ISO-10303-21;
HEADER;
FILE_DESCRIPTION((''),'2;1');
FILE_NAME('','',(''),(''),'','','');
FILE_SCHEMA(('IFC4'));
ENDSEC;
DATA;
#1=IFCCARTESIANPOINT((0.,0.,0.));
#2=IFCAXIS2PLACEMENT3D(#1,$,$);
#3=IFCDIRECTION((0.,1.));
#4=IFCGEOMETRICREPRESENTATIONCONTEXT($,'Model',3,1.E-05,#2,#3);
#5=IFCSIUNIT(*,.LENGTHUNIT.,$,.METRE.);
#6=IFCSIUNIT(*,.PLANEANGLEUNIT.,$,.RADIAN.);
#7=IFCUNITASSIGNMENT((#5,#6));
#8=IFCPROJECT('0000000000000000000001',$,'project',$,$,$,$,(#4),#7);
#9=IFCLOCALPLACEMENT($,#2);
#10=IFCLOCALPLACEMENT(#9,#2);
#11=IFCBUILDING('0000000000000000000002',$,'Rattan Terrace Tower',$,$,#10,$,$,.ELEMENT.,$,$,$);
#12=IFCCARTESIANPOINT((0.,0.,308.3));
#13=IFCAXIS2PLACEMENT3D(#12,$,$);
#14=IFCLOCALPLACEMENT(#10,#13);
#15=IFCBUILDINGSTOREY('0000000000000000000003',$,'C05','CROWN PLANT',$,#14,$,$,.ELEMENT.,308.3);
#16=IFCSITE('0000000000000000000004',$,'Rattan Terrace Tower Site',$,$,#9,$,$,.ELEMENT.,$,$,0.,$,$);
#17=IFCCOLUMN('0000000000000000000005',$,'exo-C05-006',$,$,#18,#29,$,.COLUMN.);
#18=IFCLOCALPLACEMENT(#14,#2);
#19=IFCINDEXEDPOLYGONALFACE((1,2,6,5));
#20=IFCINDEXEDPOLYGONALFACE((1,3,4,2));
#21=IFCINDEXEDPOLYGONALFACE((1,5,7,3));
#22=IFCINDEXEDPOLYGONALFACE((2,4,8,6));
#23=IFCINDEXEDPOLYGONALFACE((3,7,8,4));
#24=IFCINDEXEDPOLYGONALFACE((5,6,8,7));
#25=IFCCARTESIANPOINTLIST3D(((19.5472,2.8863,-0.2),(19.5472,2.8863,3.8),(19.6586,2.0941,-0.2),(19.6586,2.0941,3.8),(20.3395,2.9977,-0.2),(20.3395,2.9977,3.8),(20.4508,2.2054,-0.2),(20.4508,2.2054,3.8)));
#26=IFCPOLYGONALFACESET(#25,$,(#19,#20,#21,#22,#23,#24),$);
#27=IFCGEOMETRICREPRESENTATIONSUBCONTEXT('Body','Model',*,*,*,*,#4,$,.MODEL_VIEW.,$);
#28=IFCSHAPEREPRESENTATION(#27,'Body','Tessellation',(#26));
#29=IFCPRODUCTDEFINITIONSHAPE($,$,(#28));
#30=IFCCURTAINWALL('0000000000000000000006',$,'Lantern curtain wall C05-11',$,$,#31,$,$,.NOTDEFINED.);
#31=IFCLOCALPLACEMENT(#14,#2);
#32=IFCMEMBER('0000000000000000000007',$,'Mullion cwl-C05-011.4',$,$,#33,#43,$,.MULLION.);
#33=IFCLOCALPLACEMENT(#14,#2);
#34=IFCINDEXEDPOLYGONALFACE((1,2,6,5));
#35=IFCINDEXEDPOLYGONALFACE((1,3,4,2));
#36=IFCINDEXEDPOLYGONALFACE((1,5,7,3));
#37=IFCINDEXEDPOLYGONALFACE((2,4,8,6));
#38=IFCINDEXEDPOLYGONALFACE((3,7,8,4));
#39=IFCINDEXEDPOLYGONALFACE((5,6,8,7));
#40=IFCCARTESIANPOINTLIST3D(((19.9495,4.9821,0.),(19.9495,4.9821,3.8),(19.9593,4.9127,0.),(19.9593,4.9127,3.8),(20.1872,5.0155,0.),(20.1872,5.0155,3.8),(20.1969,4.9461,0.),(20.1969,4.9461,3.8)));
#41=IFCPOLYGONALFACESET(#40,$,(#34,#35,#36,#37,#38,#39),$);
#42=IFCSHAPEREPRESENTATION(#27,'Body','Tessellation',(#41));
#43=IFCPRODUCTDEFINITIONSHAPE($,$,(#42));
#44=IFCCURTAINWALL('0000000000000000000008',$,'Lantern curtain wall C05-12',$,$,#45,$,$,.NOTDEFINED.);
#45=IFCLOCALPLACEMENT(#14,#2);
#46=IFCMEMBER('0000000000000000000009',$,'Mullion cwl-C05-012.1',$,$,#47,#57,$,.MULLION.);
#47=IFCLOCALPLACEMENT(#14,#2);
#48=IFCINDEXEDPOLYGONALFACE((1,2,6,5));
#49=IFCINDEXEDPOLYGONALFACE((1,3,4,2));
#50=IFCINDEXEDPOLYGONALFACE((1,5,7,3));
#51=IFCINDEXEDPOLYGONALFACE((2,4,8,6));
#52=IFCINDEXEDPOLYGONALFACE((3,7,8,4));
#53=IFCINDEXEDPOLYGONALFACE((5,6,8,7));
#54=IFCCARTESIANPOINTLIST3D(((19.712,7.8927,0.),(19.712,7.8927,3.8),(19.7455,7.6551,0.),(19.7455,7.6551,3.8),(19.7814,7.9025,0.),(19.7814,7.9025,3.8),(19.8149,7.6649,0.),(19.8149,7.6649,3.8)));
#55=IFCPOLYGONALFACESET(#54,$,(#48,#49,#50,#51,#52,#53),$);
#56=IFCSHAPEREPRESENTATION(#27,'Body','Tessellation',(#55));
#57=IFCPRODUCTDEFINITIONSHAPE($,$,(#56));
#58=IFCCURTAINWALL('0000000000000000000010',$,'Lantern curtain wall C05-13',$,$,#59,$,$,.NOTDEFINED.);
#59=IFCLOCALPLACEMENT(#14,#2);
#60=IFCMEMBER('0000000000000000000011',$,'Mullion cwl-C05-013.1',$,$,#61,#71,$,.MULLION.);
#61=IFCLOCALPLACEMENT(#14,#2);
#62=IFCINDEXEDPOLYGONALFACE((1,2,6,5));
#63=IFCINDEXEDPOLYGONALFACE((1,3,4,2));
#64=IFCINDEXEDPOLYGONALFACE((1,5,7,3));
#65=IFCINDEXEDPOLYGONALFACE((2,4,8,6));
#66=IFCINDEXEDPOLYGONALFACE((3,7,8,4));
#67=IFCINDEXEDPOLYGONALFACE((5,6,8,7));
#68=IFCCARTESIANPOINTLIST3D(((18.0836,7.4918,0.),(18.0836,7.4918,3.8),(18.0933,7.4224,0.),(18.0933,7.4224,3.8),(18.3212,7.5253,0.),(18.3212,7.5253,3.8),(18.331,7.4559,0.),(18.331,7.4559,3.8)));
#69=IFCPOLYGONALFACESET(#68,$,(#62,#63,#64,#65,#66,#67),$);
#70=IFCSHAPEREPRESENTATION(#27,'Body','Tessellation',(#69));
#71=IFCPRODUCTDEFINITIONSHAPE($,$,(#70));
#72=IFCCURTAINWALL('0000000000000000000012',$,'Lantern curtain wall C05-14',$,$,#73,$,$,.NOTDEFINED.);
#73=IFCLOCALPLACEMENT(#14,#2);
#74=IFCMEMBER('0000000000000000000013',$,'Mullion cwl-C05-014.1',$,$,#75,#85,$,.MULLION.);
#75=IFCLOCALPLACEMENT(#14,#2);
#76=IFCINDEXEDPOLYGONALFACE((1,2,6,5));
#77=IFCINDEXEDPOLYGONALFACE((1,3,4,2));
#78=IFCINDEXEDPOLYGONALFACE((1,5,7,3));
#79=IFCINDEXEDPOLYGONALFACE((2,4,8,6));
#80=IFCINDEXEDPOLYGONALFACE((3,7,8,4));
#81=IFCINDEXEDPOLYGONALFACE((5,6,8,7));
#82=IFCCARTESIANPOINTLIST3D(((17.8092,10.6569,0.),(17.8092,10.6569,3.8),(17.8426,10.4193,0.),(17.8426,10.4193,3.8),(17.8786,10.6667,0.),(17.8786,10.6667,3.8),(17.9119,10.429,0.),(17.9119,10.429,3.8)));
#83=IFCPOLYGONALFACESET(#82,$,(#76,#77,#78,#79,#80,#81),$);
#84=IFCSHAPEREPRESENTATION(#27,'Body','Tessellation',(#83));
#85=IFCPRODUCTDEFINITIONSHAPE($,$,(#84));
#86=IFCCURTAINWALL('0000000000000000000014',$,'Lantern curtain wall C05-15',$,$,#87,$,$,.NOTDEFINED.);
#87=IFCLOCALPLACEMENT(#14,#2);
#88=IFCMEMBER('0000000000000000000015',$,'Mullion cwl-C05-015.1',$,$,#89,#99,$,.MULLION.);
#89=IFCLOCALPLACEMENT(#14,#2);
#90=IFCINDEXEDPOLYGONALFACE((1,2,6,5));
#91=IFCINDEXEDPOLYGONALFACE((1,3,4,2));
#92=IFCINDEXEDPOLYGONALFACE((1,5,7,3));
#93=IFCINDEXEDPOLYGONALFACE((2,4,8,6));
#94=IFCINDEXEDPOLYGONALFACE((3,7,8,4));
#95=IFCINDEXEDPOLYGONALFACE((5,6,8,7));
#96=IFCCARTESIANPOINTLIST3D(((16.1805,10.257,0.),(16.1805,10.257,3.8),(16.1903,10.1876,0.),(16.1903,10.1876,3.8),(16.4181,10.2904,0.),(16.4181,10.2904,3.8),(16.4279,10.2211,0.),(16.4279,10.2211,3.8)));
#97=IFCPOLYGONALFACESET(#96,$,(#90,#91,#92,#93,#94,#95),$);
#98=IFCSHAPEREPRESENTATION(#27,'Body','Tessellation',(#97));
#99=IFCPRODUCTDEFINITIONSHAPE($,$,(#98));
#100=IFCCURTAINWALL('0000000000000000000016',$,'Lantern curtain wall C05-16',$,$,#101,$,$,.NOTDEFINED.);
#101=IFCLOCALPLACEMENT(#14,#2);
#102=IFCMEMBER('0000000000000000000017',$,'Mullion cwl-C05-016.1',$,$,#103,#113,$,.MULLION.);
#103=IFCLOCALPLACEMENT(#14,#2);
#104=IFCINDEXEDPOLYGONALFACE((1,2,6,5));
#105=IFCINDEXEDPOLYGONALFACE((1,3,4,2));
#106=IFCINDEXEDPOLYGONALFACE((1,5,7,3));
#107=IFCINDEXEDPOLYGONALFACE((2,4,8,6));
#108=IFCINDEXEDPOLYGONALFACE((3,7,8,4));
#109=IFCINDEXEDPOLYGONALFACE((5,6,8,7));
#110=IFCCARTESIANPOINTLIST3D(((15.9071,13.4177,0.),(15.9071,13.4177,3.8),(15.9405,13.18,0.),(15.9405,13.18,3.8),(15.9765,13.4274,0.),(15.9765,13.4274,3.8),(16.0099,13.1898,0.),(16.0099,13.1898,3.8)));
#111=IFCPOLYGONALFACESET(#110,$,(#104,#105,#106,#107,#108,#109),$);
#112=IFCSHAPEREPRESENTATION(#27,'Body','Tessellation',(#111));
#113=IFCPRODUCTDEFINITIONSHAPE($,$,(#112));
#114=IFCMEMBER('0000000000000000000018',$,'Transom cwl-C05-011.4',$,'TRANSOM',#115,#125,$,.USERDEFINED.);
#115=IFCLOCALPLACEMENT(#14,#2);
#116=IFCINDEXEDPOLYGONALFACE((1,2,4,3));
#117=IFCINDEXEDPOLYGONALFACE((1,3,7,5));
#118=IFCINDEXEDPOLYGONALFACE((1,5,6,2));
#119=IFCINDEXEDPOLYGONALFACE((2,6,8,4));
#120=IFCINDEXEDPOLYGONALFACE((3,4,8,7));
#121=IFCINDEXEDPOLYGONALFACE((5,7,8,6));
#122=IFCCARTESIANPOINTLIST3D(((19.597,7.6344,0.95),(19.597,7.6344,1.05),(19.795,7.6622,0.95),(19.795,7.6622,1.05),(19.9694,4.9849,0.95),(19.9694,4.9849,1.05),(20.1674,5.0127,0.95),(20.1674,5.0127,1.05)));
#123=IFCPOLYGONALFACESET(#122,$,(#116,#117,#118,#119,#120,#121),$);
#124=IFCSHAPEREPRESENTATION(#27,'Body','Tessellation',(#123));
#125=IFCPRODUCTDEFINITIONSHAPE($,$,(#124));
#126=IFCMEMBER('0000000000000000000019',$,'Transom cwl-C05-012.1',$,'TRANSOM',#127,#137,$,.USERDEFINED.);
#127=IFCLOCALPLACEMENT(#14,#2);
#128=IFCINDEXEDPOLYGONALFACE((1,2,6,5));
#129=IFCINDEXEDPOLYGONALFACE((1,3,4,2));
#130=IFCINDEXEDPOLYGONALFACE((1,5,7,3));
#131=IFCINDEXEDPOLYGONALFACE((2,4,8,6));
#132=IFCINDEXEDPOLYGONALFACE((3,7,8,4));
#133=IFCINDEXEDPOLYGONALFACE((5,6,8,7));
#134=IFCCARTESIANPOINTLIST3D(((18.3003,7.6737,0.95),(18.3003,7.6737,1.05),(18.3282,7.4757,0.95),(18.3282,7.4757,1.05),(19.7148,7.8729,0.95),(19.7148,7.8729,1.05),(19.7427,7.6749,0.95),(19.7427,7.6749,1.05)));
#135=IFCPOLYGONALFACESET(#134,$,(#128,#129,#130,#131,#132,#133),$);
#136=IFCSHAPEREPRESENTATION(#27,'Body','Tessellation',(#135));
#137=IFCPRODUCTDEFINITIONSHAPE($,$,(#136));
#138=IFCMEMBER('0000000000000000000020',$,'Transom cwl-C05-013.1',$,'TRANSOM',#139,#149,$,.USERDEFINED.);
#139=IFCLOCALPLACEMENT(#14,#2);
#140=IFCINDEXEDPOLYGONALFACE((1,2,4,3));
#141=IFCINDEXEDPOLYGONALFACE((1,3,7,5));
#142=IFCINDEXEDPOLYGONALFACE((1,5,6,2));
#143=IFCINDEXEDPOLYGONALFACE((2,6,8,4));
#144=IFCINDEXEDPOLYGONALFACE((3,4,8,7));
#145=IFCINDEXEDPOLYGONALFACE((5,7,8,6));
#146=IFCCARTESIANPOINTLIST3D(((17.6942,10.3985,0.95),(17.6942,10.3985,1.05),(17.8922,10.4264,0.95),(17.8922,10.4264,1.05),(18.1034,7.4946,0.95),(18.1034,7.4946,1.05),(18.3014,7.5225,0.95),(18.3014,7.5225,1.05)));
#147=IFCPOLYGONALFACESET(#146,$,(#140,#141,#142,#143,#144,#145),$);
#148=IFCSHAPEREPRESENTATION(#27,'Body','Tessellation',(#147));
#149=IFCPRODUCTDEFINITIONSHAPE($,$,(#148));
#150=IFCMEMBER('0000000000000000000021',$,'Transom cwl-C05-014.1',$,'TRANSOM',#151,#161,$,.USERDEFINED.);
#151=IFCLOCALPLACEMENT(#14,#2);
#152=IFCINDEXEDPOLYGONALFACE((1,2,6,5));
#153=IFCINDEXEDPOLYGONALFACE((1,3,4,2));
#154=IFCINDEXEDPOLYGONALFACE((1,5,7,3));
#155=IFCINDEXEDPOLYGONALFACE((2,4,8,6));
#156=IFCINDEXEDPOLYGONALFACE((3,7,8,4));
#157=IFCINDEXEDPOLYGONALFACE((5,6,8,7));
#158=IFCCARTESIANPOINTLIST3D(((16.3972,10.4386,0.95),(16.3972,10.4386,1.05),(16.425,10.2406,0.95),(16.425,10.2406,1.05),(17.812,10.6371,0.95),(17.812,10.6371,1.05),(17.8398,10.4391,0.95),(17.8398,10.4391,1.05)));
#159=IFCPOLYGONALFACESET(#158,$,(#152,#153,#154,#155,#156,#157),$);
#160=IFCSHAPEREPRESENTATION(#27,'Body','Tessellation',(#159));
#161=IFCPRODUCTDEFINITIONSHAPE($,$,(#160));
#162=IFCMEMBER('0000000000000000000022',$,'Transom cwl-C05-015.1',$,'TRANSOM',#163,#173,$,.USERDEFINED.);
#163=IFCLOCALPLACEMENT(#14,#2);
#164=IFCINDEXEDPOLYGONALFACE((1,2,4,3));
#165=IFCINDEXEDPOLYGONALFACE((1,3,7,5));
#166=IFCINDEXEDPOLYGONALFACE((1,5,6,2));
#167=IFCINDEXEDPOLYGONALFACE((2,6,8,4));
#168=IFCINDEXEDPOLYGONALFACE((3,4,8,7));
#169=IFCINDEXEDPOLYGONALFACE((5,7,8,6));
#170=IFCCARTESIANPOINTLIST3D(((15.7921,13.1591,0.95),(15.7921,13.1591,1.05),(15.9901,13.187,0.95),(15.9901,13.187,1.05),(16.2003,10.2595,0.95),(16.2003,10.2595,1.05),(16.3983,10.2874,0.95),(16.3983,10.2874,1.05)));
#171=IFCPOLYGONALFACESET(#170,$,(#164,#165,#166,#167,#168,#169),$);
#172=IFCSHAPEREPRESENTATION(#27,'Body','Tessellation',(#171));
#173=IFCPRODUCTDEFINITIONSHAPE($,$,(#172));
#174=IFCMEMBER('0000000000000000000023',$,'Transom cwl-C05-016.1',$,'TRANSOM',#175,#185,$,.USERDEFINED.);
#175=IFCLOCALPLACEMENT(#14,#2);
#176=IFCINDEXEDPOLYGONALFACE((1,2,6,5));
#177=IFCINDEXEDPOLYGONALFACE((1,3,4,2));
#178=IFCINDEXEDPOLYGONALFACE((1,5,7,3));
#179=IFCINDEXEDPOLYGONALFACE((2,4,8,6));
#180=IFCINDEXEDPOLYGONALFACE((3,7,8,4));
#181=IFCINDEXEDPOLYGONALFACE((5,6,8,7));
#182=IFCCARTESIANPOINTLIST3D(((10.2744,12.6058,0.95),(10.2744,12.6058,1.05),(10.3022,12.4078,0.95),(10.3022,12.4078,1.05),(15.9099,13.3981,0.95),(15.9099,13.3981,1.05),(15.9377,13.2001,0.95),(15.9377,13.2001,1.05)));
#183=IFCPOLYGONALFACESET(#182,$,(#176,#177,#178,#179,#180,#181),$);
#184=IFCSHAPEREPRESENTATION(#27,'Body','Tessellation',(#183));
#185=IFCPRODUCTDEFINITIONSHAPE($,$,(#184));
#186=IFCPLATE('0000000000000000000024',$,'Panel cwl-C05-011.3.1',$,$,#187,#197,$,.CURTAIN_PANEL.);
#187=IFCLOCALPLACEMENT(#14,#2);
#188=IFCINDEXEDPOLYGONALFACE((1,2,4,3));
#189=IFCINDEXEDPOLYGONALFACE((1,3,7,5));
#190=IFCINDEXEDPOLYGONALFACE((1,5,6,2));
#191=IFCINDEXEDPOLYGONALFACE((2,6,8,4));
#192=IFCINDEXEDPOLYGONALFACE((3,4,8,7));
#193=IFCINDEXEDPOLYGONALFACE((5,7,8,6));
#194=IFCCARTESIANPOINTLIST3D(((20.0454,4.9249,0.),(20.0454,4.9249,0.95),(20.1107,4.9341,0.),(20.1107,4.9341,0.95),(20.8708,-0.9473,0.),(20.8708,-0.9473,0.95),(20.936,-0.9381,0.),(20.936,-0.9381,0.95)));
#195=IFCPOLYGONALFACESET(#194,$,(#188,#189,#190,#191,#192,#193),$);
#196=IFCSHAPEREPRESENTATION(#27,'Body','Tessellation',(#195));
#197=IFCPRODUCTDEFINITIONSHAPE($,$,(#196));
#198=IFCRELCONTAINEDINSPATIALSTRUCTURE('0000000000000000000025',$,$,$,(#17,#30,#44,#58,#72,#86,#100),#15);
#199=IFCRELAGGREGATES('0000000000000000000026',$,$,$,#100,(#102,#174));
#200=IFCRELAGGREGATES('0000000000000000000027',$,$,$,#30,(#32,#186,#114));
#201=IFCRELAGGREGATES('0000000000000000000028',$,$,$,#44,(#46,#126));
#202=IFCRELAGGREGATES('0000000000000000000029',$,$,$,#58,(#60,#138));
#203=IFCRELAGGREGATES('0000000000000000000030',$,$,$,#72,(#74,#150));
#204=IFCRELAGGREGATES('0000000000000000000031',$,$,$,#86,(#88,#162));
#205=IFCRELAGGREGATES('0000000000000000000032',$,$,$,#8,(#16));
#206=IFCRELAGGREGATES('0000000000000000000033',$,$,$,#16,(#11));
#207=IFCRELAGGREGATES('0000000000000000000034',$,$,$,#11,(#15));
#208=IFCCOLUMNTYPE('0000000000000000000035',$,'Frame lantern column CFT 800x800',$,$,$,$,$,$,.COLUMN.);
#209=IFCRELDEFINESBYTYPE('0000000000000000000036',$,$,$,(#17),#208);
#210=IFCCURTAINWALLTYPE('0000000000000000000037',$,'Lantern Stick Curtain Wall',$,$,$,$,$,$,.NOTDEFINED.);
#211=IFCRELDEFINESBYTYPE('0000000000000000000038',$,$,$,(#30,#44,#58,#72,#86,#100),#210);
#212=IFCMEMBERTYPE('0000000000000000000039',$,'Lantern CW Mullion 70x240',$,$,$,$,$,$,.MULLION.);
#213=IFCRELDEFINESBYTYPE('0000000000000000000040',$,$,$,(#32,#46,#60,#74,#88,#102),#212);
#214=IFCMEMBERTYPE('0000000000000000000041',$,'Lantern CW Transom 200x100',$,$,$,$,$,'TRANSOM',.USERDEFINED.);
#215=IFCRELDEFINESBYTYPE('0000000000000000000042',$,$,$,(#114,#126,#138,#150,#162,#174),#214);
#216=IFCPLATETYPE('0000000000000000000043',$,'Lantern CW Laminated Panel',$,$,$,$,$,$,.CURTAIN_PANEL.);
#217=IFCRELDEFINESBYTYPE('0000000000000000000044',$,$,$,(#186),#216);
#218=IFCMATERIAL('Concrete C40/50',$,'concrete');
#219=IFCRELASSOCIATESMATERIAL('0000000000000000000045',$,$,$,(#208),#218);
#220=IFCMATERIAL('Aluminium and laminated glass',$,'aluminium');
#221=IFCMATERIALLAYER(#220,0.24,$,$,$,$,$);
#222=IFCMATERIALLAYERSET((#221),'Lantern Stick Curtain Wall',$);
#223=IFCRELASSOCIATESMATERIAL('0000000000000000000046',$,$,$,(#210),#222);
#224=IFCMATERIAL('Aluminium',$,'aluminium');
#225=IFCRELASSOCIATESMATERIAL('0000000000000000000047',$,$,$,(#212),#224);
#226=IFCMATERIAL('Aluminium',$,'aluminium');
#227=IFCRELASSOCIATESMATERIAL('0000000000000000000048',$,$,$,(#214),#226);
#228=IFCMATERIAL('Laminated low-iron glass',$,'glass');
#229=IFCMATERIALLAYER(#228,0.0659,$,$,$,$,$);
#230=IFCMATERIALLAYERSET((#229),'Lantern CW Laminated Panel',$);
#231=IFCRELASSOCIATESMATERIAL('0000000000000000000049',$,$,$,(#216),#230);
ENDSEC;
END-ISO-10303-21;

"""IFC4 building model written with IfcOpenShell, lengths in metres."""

from ifc_helpers import new_model, si_unit, direction, frame, origin, origin_2d, place, context, subcontext, project, spatial, rectangle, extrude, material, layer, layer_set, material_profile, profile_set, type_object, element, aggregate, save


model = new_model("IFC4")

# Units and contexts
model_context = context("Model", 3, precision=1e-05, world=origin(), true_north=direction((0.0, 1.0)))
body_context = subcontext(model_context, "Body", "Model", "MODEL_VIEW")
ifc_project = project(units=[si_unit("LENGTHUNIT", "METRE"), si_unit("PLANEANGLEUNIT", "RADIAN")], contexts=[model_context])

# Site, building, storey
site_placement = place(None, origin())
site = spatial("IfcSite", under=ifc_project, at=site_placement, Name="Rattan Terrace Tower Site", CompositionType="ELEMENT", RefElevation=0.0)
building_placement = place(site_placement, origin())
building = spatial("IfcBuilding", under=site, at=building_placement, Name="Rattan Terrace Tower", CompositionType="ELEMENT")
storey_placement = place(building_placement, frame((0.0, 0.0, 308.3)))
storey = spatial("IfcBuildingStorey", under=building, at=storey_placement, Name="C05", Description="CROWN PLANT", CompositionType="ELEMENT", Elevation=308.3)

# Column
ifc_material_1 = material(Name="Concrete C40/50", Category="concrete")
ifc_material_profile_1 = material_profile(ifc_material_1, rectangle(XDim=0.8, YDim=0.8, at=origin_2d()), Name="CFT 800x800")
ifc_profile_set_1 = profile_set([ifc_material_profile_1], Name="Concrete C40/50")
column_type = type_object("IfcColumnType", Name="Frame lantern column CFT 800x800", PredefinedType="COLUMN", material=ifc_profile_set_1)
column_placement = place(storey_placement, frame((19.999, 2.5459, -0.2), z_axis=(0.0, 0.0, 1.0), x_axis=(-0.13919, 0.990266, 0.0)))
element("IfcColumn", 1, at=column_placement, inside=storey, type_object=column_type, Name="exo-C05-006", PredefinedType="COLUMN", context=body_context, shape_type="SweptSolid", body=[
    extrude(rectangle(XDim=0.8, YDim=0.8, at=origin_2d()), origin(), (0.0, 0.0, 1.0), 4.0),
])

# Curtain walls, members
ifc_material_2 = material(Name="Aluminium and laminated glass", Category="aluminium")
ifc_layer_1 = layer(ifc_material_2, 0.24)
ifc_layer_set_1 = layer_set([ifc_layer_1], Name="Lantern Stick Curtain Wall")
curtain_wall_type = type_object("IfcCurtainWallType", Name="Lantern Stick Curtain Wall", PredefinedType="NOTDEFINED", material=ifc_layer_set_1)
curtain_wall_1_placement = place(storey_placement, origin())
curtain_wall_1 = element("IfcCurtainWall", 2, at=curtain_wall_1_placement, inside=storey, type_object=curtain_wall_type, Name="Lantern curtain wall C05-11", PredefinedType="NOTDEFINED")
ifc_material_3 = material(Name="Aluminium", Category="aluminium")
ifc_material_profile_2 = material_profile(ifc_material_3, rectangle(XDim=0.0701, YDim=0.24, at=origin_2d()), Name="Aluminium 70x240")
ifc_profile_set_2 = profile_set([ifc_material_profile_2], Name="Aluminium")
member_type_1 = type_object("IfcMemberType", Name="Lantern CW Mullion 70x240", PredefinedType="MULLION", material=ifc_profile_set_2)
member_1_placement = place(storey_placement, frame((20.0732, 4.9641, 0.0), z_axis=(0.0, 0.0, 1.0), x_axis=(-0.139188, 0.990266, 0.0)))
member_1 = element("IfcMember", 3, at=member_1_placement, type_object=member_type_1, Name="Mullion cwl-C05-011.4", PredefinedType="MULLION", context=body_context, shape_type="SweptSolid", body=[
    extrude(rectangle(XDim=0.0701, YDim=0.24, at=origin_2d()), origin(), (0.0, 0.0, 1.0), 3.8),
])
curtain_wall_2_placement = place(storey_placement, origin())
curtain_wall_2 = element("IfcCurtainWall", 4, at=curtain_wall_2_placement, inside=storey, type_object=curtain_wall_type, Name="Lantern curtain wall C05-12", PredefinedType="NOTDEFINED")
member_2_placement = place(storey_placement, frame((19.7634, 7.7788, 0.0), z_axis=(0.0, 0.0, 1.0), x_axis=(-0.990228, -0.139459, 0.0)))
member_2 = element("IfcMember", 5, at=member_2_placement, type_object=member_type_1, Name="Mullion cwl-C05-012.1", PredefinedType="MULLION", context=body_context, shape_type="SweptSolid", body=[
    extrude(rectangle(XDim=0.0701, YDim=0.24, at=origin_2d()), origin(), (0.0, 0.0, 1.0), 3.8),
])
curtain_wall_3_placement = place(storey_placement, origin())
curtain_wall_3 = element("IfcCurtainWall", 6, at=curtain_wall_3_placement, inside=storey, type_object=curtain_wall_type, Name="Lantern curtain wall C05-13", PredefinedType="NOTDEFINED")
member_3_placement = place(storey_placement, frame((18.2073, 7.4739, 0.0), z_axis=(0.0, 0.0, 1.0), x_axis=(-0.139556, 0.990214, 0.0)))
member_3 = element("IfcMember", 7, at=member_3_placement, type_object=member_type_1, Name="Mullion cwl-C05-013.1", PredefinedType="MULLION", context=body_context, shape_type="SweptSolid", body=[
    extrude(rectangle(XDim=0.0701, YDim=0.24, at=origin_2d()), origin(), (0.0, 0.0, 1.0), 3.8),
])
curtain_wall_4_placement = place(storey_placement, origin())
curtain_wall_4 = element("IfcCurtainWall", 8, at=curtain_wall_4_placement, inside=storey, type_object=curtain_wall_type, Name="Lantern curtain wall C05-14", PredefinedType="NOTDEFINED")
member_4_placement = place(storey_placement, frame((17.8606, 10.543, 0.0), z_axis=(0.0, 0.0, 1.0), x_axis=(-0.99032, -0.138805, 0.0)))
member_4 = element("IfcMember", 9, at=member_4_placement, type_object=member_type_1, Name="Mullion cwl-C05-014.1", PredefinedType="MULLION", context=body_context, shape_type="SweptSolid", body=[
    extrude(rectangle(XDim=0.0701, YDim=0.24, at=origin_2d()), origin(), (0.0, 0.0, 1.0), 3.8),
])
curtain_wall_5_placement = place(storey_placement, origin())
curtain_wall_5 = element("IfcCurtainWall", 10, at=curtain_wall_5_placement, inside=storey, type_object=curtain_wall_type, Name="Lantern curtain wall C05-15", PredefinedType="NOTDEFINED")
member_5_placement = place(storey_placement, frame((16.3042, 10.239, 0.0), z_axis=(0.0, 0.0, 1.0), x_axis=(-0.139413, 0.990234, 0.0)))
member_5 = element("IfcMember", 11, at=member_5_placement, type_object=member_type_1, Name="Mullion cwl-C05-015.1", PredefinedType="MULLION", context=body_context, shape_type="SweptSolid", body=[
    extrude(rectangle(XDim=0.0701, YDim=0.24, at=origin_2d()), origin(), (0.0, 0.0, 1.0), 3.8),
])
curtain_wall_6_placement = place(storey_placement, origin())
curtain_wall_6 = element("IfcCurtainWall", 12, at=curtain_wall_6_placement, inside=storey, type_object=curtain_wall_type, Name="Lantern curtain wall C05-16", PredefinedType="NOTDEFINED")
member_6_placement = place(storey_placement, frame((15.9585, 13.3037, 0.0), z_axis=(0.0, 0.0, 1.0), x_axis=(-0.990267, -0.139181, 0.0)))
member_6 = element("IfcMember", 13, at=member_6_placement, type_object=member_type_1, Name="Mullion cwl-C05-016.1", PredefinedType="MULLION", context=body_context, shape_type="SweptSolid", body=[
    extrude(rectangle(XDim=0.0701, YDim=0.24, at=origin_2d()), origin(), (0.0, 0.0, 1.0), 3.8),
])

# Members
ifc_material_4 = material(Name="Aluminium", Category="aluminium")
ifc_material_profile_3 = material_profile(ifc_material_4, rectangle(XDim=0.2, YDim=0.1001, at=origin_2d()), Name="Aluminium 200x100")
ifc_profile_set_3 = profile_set([ifc_material_profile_3], Name="Aluminium")
member_type_2 = type_object("IfcMemberType", Name="Lantern CW Transom 200x100", ElementType="TRANSOM", PredefinedType="USERDEFINED", material=ifc_profile_set_3)
member_7_placement = place(storey_placement, frame((20.0684, 4.9988, 1.0), z_axis=(-0.13916, 0.99027, 0.0), x_axis=(-0.99027, -0.13916, 0.0)))
member_7 = element("IfcMember", 14, at=member_7_placement, type_object=member_type_2, Name="Transom cwl-C05-011.4", ObjectType="TRANSOM", PredefinedType="USERDEFINED", context=body_context, shape_type="SweptSolid", body=[
    extrude(rectangle(XDim=0.2, YDim=0.1001, at=origin_2d()), origin(), (0.0, 0.0, 1.0), 2.6755),
])
member_8_placement = place(storey_placement, frame((19.7288, 7.7739, 1.0), z_axis=(-0.990228, -0.139459, 0.0), x_axis=(0.139459, -0.990228, 0.0)))
member_8 = element("IfcMember", 15, at=member_8_placement, type_object=member_type_2, Name="Transom cwl-C05-012.1", ObjectType="TRANSOM", PredefinedType="USERDEFINED", context=body_context, shape_type="SweptSolid", body=[
    extrude(rectangle(XDim=0.2, YDim=0.1001, at=origin_2d()), origin(), (0.0, 0.0, 1.0), 1.4285),
])
member_9_placement = place(storey_placement, frame((18.2024, 7.5085, 1.0), z_axis=(-0.139533, 0.990217, 0.0), x_axis=(-0.990217, -0.139533, 0.0)))
member_9 = element("IfcMember", 16, at=member_9_placement, type_object=member_type_2, Name="Transom cwl-C05-013.1", ObjectType="TRANSOM", PredefinedType="USERDEFINED", context=body_context, shape_type="SweptSolid", body=[
    extrude(rectangle(XDim=0.2, YDim=0.1001, at=origin_2d()), origin(), (0.0, 0.0, 1.0), 2.9326),
])
member_10_placement = place(storey_placement, frame((17.8259, 10.5381, 1.0), z_axis=(-0.990302, -0.138933, 0.0), x_axis=(0.138933, -0.990302, 0.0)))
member_10 = element("IfcMember", 17, at=member_10_placement, type_object=member_type_2, Name="Transom cwl-C05-014.1", ObjectType="TRANSOM", PredefinedType="USERDEFINED", context=body_context, shape_type="SweptSolid", body=[
    extrude(rectangle(XDim=0.2, YDim=0.1001, at=origin_2d()), origin(), (0.0, 0.0, 1.0), 1.4287),
])
member_11_placement = place(storey_placement, frame((16.2993, 10.2734, 1.0), z_axis=(-0.139402, 0.990236, 0.0), x_axis=(-0.990236, -0.139402, 0.0)))
member_11 = element("IfcMember", 18, at=member_11_placement, type_object=member_type_2, Name="Transom cwl-C05-015.1", ObjectType="TRANSOM", PredefinedType="USERDEFINED", context=body_context, shape_type="SweptSolid", body=[
    extrude(rectangle(XDim=0.2, YDim=0.1001, at=origin_2d()), origin(), (0.0, 0.0, 1.0), 2.9282),
])
member_12_placement = place(storey_placement, frame((15.9238, 13.2991, 1.0), z_axis=(-0.990263, -0.139211, 0.0), x_axis=(0.139211, -0.990263, 0.0)))
member_12 = element("IfcMember", 19, at=member_12_placement, type_object=member_type_2, Name="Transom cwl-C05-016.1", ObjectType="TRANSOM", PredefinedType="USERDEFINED", context=body_context, shape_type="SweptSolid", body=[
    extrude(rectangle(XDim=0.2, YDim=0.1001, at=origin_2d()), origin(), (0.0, 0.0, 1.0), 5.6909),
])
aggregate(curtain_wall_6, [member_6, member_12])

# Plate
ifc_material_5 = material(Name="Laminated low-iron glass", Category="glass")
ifc_layer_2 = layer(ifc_material_5, 0.0659)
ifc_layer_set_2 = layer_set([ifc_layer_2], Name="Lantern CW Laminated Panel")
plate_type = type_object("IfcPlateType", Name="Lantern CW Laminated Panel", PredefinedType="CURTAIN_PANEL", material=ifc_layer_set_2)
plate_1_placement = place(storey_placement, frame((20.4907, 1.9934, 0.0), z_axis=(0.0, 0.0, 1.0), x_axis=(-0.139188, 0.990266, 0.0)))
plate_1 = element("IfcPlate", 20, at=plate_1_placement, type_object=plate_type, Name="Panel cwl-C05-011.3.1", PredefinedType="CURTAIN_PANEL", context=body_context, shape_type="SweptSolid", body=[
    extrude(rectangle(XDim=5.9299, YDim=0.0659, at=origin_2d()), origin(), (0.0, 0.0, 1.0), 0.95),
])
aggregate(curtain_wall_1, [member_1, plate_1, member_7])
aggregate(curtain_wall_2, [member_2, member_8])
aggregate(curtain_wall_3, [member_3, member_9])
aggregate(curtain_wall_4, [member_4, member_10])
aggregate(curtain_wall_5, [member_5, member_11])

save(model, "model.ifc")
